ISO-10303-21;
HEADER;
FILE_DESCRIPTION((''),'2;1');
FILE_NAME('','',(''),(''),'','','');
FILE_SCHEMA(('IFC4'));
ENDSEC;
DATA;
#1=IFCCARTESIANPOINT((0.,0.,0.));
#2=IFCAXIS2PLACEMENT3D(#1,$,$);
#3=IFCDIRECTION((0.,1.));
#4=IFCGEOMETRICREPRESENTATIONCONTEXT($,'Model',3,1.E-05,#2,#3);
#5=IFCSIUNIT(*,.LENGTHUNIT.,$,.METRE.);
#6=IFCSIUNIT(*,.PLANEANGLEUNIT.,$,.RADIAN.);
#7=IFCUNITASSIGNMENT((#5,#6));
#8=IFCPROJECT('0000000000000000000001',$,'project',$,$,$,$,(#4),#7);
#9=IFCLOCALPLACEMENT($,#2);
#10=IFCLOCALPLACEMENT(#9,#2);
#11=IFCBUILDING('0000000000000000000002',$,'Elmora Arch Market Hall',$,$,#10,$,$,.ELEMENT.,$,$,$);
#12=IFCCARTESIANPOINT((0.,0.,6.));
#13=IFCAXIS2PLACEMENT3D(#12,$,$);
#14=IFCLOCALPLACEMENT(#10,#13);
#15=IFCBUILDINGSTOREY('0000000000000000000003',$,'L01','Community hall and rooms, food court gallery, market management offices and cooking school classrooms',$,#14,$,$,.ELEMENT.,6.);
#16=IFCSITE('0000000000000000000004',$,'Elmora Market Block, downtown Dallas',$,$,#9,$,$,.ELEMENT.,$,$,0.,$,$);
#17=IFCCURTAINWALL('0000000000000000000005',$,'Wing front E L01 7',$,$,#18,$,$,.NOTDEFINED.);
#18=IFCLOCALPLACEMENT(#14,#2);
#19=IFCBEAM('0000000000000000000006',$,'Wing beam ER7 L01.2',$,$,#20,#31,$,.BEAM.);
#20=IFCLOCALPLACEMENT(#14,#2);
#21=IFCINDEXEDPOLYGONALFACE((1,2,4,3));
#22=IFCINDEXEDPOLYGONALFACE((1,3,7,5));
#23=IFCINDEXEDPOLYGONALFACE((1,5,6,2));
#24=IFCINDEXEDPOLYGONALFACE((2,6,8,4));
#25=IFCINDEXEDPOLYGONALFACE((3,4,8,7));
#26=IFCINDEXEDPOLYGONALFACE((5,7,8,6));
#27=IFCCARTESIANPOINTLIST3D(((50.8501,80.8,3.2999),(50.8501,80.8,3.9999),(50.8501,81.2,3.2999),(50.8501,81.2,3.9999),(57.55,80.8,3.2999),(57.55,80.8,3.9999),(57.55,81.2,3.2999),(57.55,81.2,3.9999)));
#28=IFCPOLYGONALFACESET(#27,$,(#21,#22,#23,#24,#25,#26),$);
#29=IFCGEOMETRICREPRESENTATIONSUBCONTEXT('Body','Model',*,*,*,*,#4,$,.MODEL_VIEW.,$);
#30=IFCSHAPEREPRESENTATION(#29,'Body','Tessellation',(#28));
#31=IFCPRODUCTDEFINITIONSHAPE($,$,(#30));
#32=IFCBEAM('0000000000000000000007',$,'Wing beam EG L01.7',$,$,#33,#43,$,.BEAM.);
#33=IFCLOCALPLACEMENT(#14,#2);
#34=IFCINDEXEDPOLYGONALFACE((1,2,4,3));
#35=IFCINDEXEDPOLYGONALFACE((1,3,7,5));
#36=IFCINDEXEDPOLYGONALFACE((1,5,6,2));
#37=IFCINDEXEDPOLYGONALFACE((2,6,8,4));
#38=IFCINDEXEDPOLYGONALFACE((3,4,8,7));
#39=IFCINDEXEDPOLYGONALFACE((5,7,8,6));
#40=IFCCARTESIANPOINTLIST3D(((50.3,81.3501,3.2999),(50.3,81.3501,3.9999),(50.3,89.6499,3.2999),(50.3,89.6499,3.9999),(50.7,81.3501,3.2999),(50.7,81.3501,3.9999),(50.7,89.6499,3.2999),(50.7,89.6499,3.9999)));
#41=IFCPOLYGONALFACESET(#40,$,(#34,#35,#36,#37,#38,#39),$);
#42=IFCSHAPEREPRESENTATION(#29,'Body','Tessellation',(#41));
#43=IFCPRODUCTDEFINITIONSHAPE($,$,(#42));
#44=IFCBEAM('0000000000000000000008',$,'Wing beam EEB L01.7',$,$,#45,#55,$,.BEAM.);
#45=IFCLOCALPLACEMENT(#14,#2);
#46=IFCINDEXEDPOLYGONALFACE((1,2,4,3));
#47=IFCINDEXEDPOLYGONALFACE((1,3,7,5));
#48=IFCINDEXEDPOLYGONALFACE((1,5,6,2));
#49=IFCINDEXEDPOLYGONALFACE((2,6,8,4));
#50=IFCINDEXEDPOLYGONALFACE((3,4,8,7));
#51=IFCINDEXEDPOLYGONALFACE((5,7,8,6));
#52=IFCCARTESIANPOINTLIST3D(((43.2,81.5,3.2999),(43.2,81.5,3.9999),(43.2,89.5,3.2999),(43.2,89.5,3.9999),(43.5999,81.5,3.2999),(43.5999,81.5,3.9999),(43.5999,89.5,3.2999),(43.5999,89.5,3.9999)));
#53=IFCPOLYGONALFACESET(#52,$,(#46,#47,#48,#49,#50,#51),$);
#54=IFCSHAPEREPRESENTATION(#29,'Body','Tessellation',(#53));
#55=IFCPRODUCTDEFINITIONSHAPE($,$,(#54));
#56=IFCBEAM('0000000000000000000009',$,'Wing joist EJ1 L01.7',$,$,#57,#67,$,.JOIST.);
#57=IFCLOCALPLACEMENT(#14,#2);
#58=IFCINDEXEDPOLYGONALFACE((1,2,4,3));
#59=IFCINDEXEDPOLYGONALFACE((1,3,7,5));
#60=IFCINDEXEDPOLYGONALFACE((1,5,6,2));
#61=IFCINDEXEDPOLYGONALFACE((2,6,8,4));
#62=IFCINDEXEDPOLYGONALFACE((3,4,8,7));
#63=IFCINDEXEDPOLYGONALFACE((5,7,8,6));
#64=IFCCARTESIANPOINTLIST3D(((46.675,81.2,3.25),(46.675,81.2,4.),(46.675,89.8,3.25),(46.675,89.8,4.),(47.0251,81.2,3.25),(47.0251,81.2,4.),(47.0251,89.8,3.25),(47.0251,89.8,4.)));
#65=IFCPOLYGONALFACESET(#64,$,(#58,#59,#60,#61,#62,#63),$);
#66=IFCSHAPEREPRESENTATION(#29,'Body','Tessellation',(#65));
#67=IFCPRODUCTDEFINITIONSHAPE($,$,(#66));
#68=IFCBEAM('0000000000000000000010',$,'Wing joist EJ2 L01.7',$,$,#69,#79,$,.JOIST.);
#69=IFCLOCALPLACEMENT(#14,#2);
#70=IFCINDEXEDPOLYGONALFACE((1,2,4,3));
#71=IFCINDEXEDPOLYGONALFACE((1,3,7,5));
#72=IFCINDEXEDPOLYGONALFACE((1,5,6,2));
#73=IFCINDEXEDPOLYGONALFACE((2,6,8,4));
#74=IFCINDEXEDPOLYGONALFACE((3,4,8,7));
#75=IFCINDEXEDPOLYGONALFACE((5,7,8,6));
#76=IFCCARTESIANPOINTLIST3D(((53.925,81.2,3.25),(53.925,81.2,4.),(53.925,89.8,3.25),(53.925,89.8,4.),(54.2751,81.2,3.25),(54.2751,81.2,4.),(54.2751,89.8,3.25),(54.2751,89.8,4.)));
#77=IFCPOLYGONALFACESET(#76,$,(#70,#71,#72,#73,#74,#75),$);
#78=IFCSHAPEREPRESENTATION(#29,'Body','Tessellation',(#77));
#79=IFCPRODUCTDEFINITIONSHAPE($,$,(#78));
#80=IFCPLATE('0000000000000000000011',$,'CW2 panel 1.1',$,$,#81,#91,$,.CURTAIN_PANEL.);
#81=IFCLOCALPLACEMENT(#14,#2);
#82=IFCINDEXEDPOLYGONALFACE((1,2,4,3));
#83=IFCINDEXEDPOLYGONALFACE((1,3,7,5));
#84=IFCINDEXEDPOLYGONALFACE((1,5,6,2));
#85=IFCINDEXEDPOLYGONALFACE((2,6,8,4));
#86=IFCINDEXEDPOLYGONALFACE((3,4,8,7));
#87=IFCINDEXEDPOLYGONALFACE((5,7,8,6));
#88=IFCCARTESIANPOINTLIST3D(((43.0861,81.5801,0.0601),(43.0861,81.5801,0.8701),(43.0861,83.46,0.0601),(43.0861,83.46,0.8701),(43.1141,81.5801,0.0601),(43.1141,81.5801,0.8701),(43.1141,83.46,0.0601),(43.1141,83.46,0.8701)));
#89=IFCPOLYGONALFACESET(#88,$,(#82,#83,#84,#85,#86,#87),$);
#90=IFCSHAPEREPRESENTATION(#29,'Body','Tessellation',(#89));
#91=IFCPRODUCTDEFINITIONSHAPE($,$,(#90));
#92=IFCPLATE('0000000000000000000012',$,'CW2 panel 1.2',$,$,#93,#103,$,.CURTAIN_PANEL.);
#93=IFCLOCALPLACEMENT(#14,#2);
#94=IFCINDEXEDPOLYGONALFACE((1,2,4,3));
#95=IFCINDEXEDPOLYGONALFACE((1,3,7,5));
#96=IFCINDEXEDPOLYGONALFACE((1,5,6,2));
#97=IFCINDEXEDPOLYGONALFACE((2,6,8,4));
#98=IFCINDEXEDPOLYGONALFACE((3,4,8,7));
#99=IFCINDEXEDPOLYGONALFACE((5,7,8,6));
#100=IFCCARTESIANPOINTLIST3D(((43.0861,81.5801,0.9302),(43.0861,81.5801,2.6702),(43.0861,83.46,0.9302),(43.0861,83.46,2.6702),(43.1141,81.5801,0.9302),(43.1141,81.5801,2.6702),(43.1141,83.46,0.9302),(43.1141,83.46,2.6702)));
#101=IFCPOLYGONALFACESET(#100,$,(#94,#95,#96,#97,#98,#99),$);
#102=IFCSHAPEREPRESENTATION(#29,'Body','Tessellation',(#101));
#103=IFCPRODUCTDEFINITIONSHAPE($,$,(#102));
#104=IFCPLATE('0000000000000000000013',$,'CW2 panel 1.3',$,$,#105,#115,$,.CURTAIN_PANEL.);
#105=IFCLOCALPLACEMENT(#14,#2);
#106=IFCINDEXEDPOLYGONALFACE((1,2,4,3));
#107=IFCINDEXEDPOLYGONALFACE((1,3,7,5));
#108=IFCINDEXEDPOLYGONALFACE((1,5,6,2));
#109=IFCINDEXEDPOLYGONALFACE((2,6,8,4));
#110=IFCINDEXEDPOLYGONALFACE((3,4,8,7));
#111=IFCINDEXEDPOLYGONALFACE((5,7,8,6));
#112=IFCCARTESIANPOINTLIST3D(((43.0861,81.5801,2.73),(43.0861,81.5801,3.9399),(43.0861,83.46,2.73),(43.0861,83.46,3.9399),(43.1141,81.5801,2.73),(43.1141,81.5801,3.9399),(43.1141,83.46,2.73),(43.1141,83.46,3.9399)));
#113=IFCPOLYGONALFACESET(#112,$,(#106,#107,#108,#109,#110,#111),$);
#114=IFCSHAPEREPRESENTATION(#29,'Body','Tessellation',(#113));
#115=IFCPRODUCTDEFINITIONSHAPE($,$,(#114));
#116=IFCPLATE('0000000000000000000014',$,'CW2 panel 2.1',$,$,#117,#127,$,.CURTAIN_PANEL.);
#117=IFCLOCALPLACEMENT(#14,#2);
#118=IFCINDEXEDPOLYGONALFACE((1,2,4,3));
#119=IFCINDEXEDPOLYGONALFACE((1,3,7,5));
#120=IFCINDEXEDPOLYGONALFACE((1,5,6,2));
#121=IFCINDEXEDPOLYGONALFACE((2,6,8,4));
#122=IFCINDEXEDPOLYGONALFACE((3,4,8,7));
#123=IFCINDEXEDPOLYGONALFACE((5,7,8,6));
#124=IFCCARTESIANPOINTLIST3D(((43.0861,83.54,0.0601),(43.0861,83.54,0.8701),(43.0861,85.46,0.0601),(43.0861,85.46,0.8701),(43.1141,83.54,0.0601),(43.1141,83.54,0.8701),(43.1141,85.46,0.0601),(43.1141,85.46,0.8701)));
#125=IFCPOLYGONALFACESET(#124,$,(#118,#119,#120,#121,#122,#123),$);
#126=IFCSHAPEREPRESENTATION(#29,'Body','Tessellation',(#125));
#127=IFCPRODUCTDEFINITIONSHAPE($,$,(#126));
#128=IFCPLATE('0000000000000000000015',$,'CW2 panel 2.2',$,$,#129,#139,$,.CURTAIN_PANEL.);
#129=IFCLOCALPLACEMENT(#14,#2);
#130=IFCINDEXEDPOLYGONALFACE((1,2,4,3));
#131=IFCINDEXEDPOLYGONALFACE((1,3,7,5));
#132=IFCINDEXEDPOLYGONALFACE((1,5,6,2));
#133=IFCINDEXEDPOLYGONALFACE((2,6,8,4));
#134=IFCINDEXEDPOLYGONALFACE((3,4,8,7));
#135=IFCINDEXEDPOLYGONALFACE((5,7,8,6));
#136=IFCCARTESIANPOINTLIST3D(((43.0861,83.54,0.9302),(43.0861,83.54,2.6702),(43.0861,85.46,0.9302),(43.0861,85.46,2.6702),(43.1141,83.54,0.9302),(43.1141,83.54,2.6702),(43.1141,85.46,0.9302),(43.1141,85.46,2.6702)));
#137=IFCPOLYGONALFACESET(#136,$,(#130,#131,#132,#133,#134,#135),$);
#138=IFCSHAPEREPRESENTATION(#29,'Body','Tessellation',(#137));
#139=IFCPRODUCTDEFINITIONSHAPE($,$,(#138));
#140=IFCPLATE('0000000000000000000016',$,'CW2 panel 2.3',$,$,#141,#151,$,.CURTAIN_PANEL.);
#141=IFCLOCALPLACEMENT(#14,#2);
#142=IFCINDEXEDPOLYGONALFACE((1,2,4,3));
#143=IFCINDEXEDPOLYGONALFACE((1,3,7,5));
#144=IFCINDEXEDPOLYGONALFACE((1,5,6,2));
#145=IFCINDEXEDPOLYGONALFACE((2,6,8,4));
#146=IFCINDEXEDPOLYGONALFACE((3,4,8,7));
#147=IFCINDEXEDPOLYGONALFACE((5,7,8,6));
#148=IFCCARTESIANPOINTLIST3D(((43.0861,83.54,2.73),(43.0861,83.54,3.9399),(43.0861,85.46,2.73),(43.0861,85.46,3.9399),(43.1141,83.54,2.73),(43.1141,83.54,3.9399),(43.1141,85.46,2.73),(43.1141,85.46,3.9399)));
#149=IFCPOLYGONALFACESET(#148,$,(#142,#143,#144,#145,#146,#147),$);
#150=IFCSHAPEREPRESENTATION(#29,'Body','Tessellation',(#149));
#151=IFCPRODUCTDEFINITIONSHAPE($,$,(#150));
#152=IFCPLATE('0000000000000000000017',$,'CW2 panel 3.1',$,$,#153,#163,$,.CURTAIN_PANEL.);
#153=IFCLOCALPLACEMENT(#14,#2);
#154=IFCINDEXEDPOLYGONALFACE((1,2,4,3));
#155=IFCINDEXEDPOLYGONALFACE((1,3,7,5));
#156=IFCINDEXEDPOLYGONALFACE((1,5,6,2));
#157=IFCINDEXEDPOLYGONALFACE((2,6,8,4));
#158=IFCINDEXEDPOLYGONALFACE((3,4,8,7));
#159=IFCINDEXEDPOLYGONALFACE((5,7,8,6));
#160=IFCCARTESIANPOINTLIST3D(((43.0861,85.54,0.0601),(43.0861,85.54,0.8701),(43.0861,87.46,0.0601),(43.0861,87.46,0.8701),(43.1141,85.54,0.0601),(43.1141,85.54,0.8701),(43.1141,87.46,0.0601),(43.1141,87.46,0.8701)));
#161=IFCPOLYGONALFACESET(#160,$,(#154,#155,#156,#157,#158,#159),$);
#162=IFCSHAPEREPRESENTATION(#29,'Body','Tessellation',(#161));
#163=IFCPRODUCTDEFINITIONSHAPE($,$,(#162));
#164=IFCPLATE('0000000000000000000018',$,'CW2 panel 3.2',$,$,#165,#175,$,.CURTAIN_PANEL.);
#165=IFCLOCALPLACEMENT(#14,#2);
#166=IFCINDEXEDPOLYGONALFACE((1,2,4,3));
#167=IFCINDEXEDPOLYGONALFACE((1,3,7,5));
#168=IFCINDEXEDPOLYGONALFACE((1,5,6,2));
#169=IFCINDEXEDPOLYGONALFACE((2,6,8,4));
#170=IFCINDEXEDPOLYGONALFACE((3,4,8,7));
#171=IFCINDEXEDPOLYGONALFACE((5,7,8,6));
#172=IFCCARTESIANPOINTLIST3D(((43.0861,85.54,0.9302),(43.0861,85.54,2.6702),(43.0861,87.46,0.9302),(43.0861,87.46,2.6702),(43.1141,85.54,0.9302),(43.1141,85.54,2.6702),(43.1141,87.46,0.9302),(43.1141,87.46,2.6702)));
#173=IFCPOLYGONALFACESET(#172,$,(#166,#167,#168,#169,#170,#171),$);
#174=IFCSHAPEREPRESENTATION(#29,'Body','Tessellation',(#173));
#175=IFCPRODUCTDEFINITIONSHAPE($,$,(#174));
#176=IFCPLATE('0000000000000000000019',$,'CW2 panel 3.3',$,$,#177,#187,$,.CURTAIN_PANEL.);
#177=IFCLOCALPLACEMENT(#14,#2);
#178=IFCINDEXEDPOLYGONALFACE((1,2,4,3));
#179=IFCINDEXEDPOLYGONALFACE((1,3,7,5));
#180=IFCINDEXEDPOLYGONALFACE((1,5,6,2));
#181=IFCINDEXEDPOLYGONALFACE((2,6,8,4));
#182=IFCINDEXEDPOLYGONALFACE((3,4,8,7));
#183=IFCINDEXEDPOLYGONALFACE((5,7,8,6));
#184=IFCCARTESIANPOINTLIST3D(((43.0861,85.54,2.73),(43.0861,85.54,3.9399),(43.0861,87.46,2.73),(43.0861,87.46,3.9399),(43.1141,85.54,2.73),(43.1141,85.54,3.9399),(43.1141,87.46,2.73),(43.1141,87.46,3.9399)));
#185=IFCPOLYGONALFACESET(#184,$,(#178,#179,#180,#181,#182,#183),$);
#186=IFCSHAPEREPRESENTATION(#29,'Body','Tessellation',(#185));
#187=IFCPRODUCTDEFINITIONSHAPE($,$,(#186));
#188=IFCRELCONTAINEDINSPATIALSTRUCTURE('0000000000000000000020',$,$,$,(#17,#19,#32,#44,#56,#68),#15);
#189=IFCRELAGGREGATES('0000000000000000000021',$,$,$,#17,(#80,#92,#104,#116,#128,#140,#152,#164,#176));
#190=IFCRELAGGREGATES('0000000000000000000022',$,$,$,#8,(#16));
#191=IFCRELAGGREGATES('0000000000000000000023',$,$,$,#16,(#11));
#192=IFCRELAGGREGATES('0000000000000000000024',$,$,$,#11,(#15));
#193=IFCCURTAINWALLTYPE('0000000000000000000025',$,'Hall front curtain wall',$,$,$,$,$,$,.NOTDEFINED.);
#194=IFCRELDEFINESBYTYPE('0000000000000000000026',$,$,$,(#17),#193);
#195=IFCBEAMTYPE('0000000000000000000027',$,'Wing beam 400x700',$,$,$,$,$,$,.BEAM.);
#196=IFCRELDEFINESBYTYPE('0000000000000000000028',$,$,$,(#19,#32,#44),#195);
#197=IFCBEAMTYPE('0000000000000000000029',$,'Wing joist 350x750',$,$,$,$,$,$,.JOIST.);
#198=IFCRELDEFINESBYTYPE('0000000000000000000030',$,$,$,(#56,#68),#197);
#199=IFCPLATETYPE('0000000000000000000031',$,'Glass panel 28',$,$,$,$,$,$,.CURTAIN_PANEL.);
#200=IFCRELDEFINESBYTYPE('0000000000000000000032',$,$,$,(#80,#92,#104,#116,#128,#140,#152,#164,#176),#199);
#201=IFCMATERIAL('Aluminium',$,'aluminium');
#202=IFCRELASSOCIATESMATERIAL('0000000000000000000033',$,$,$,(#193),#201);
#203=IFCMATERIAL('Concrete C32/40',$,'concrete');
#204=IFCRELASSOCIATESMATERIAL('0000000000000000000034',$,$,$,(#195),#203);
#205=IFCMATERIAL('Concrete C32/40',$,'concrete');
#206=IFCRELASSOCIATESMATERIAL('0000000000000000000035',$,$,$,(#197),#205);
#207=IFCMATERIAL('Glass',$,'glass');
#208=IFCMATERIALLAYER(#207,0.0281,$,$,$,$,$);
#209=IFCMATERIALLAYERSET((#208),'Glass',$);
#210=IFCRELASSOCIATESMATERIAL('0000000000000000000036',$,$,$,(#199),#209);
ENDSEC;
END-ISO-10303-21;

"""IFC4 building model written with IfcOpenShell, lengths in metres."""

from ifc_helpers import new_model, si_unit, direction, frame, origin, origin_2d, place, context, subcontext, project, spatial, rectangle, extrude, material, layer, layer_set, material_profile, profile_set, type_object, element, aggregate, save


model = new_model("IFC4")

# Units and contexts
model_context = context("Model", 3, precision=1e-05, world=origin(), true_north=direction((0.0, 1.0)))
body_context = subcontext(model_context, "Body", "Model", "MODEL_VIEW")
ifc_project = project(units=[si_unit("LENGTHUNIT", "METRE"), si_unit("PLANEANGLEUNIT", "RADIAN")], contexts=[model_context])

# Site, building, storey
site_placement = place(None, origin())
site = spatial("IfcSite", under=ifc_project, at=site_placement, Name="Elmora Market Block, downtown Dallas", CompositionType="ELEMENT", RefElevation=0.0)
building_placement = place(site_placement, origin())
building = spatial("IfcBuilding", under=site, at=building_placement, Name="Elmora Arch Market Hall", CompositionType="ELEMENT")
storey_placement = place(building_placement, frame((0.0, 0.0, 6.0)))
storey = spatial("IfcBuildingStorey", under=building, at=storey_placement, Name="L01", Description="Community hall and rooms, food court gallery, market management offices and cooking school classrooms", CompositionType="ELEMENT", Elevation=6.0)

# Curtain wall
ifc_material_1 = material(Name="Aluminium", Category="aluminium")
curtain_wall_type = type_object("IfcCurtainWallType", Name="Hall front curtain wall", PredefinedType="NOTDEFINED", material=ifc_material_1)
curtain_wall_placement = place(storey_placement, origin())
curtain_wall = element("IfcCurtainWall", 1, at=curtain_wall_placement, inside=storey, type_object=curtain_wall_type, Name="Wing front E L01 7", PredefinedType="NOTDEFINED")

# Beams
ifc_material_2 = material(Name="Concrete C32/40", Category="concrete")
ifc_material_profile_1 = material_profile(ifc_material_2, rectangle(XDim=0.3999, YDim=0.7, at=origin_2d()), Name="Wing beam 400x700")
ifc_profile_set_1 = profile_set([ifc_material_profile_1], Name="Concrete C32/40")
beam_type_1 = type_object("IfcBeamType", Name="Wing beam 400x700", PredefinedType="BEAM", material=ifc_profile_set_1)
beam_1_placement = place(storey_placement, frame((50.8501, 81.0, 3.6499), z_axis=(1.0, 0.0, 0.0), x_axis=(0.0, 1.0, 0.0)))
element("IfcBeam", 2, at=beam_1_placement, inside=storey, type_object=beam_type_1, Name="Wing beam ER7 L01.2", PredefinedType="BEAM", context=body_context, shape_type="SweptSolid", body=[
    extrude(rectangle(XDim=0.3999, YDim=0.7, at=origin_2d()), origin(), (0.0, 0.0, 1.0), 6.7),
])
beam_2_placement = place(storey_placement, frame((50.5, 81.3501, 3.6499), z_axis=(0.0, 1.0, 0.0), x_axis=(-1.0, 0.0, 0.0)))
element("IfcBeam", 3, at=beam_2_placement, inside=storey, type_object=beam_type_1, Name="Wing beam EG L01.7", PredefinedType="BEAM", context=body_context, shape_type="SweptSolid", body=[
    extrude(rectangle(XDim=0.3999, YDim=0.7, at=origin_2d()), origin(), (0.0, 0.0, 1.0), 8.2998),
])
beam_3_placement = place(storey_placement, frame((43.3999, 81.5, 3.6499), z_axis=(0.0, 1.0, 0.0), x_axis=(-1.0, 0.0, 0.0)))
element("IfcBeam", 4, at=beam_3_placement, inside=storey, type_object=beam_type_1, Name="Wing beam EEB L01.7", PredefinedType="BEAM", context=body_context, shape_type="SweptSolid", body=[
    extrude(rectangle(XDim=0.3999, YDim=0.7, at=origin_2d()), origin(), (0.0, 0.0, 1.0), 8.0),
])
ifc_material_3 = material(Name="Concrete C32/40", Category="concrete")
ifc_material_profile_2 = material_profile(ifc_material_3, rectangle(XDim=0.3501, YDim=0.75, at=origin_2d()), Name="Wing joist 350x750")
ifc_profile_set_2 = profile_set([ifc_material_profile_2], Name="Concrete C32/40")
beam_type_2 = type_object("IfcBeamType", Name="Wing joist 350x750", PredefinedType="JOIST", material=ifc_profile_set_2)
for number, where, z_axis, x_axis, name in (
    (5, (46.8501, 81.2, 3.625), (0.0, 1.0, 0.0), (-1.0, 0.0, 0.0), "Wing joist EJ1 L01.7"),
    (6, (54.1001, 81.2, 3.625), (0.0, 1.0, 0.0), (-1.0, 0.0, 0.0), "Wing joist EJ2 L01.7"),
):
    element("IfcBeam", number, at=place(storey_placement, frame(where, z_axis=z_axis, x_axis=x_axis)), inside=storey, type_object=beam_type_2, Name=name, PredefinedType="JOIST", context=body_context, shape_type="SweptSolid", body=[
        extrude(rectangle(XDim=0.3501, YDim=0.75, at=origin_2d()), origin(), (0.0, 0.0, 1.0), 8.6001),
    ])

# Plates
ifc_material_4 = material(Name="Glass", Category="glass")
ifc_layer = layer(ifc_material_4, 0.0281)
ifc_layer_set = layer_set([ifc_layer], Name="Glass")
plate_type = type_object("IfcPlateType", Name="Glass panel 28", PredefinedType="CURTAIN_PANEL", material=ifc_layer_set)
plate_1_placement = place(storey_placement, frame((43.1001, 82.52, 0.0601), z_axis=(0.0, 0.0, 1.0), x_axis=(0.0, 1.0, 0.0)))
plate_1 = element("IfcPlate", 7, at=plate_1_placement, type_object=plate_type, Name="CW2 panel 1.1", PredefinedType="CURTAIN_PANEL", context=body_context, shape_type="SweptSolid", body=[
    extrude(rectangle(XDim=1.8799, YDim=0.0281, at=origin_2d()), origin(), (0.0, 0.0, 1.0), 0.8101),
])
plate_2_placement = place(storey_placement, frame((43.1001, 82.52, 0.9302), z_axis=(0.0, 0.0, 1.0), x_axis=(0.0, 1.0, 0.0)))
plate_2 = element("IfcPlate", 8, at=plate_2_placement, type_object=plate_type, Name="CW2 panel 1.2", PredefinedType="CURTAIN_PANEL", context=body_context, shape_type="SweptSolid", body=[
    extrude(rectangle(XDim=1.8799, YDim=0.0281, at=origin_2d()), origin(), (0.0, 0.0, 1.0), 1.74),
])
plate_3_placement = place(storey_placement, frame((43.1001, 82.52, 2.73), z_axis=(0.0, 0.0, 1.0), x_axis=(0.0, 1.0, 0.0)))
plate_3 = element("IfcPlate", 9, at=plate_3_placement, type_object=plate_type, Name="CW2 panel 1.3", PredefinedType="CURTAIN_PANEL", context=body_context, shape_type="SweptSolid", body=[
    extrude(rectangle(XDim=1.8799, YDim=0.0281, at=origin_2d()), origin(), (0.0, 0.0, 1.0), 1.21),
])
plate_4_placement = place(storey_placement, frame((43.1001, 84.5, 0.0601), z_axis=(0.0, 0.0, 1.0), x_axis=(0.0, 1.0, 0.0)))
plate_4 = element("IfcPlate", 10, at=plate_4_placement, type_object=plate_type, Name="CW2 panel 2.1", PredefinedType="CURTAIN_PANEL", context=body_context, shape_type="SweptSolid", body=[
    extrude(rectangle(XDim=1.9199, YDim=0.0281, at=origin_2d()), origin(), (0.0, 0.0, 1.0), 0.8101),
])
plate_5_placement = place(storey_placement, frame((43.1001, 84.5, 0.9302), z_axis=(0.0, 0.0, 1.0), x_axis=(0.0, 1.0, 0.0)))
plate_5 = element("IfcPlate", 11, at=plate_5_placement, type_object=plate_type, Name="CW2 panel 2.2", PredefinedType="CURTAIN_PANEL", context=body_context, shape_type="SweptSolid", body=[
    extrude(rectangle(XDim=1.9199, YDim=0.0281, at=origin_2d()), origin(), (0.0, 0.0, 1.0), 1.74),
])
plate_6_placement = place(storey_placement, frame((43.1001, 84.5, 2.73), z_axis=(0.0, 0.0, 1.0), x_axis=(0.0, 1.0, 0.0)))
plate_6 = element("IfcPlate", 12, at=plate_6_placement, type_object=plate_type, Name="CW2 panel 2.3", PredefinedType="CURTAIN_PANEL", context=body_context, shape_type="SweptSolid", body=[
    extrude(rectangle(XDim=1.9199, YDim=0.0281, at=origin_2d()), origin(), (0.0, 0.0, 1.0), 1.21),
])
plate_7_placement = place(storey_placement, frame((43.1001, 86.5, 0.0601), z_axis=(0.0, 0.0, 1.0), x_axis=(0.0, 1.0, 0.0)))
plate_7 = element("IfcPlate", 13, at=plate_7_placement, type_object=plate_type, Name="CW2 panel 3.1", PredefinedType="CURTAIN_PANEL", context=body_context, shape_type="SweptSolid", body=[
    extrude(rectangle(XDim=1.9199, YDim=0.0281, at=origin_2d()), origin(), (0.0, 0.0, 1.0), 0.8101),
])
plate_8_placement = place(storey_placement, frame((43.1001, 86.5, 0.9302), z_axis=(0.0, 0.0, 1.0), x_axis=(0.0, 1.0, 0.0)))
plate_8 = element("IfcPlate", 14, at=plate_8_placement, type_object=plate_type, Name="CW2 panel 3.2", PredefinedType="CURTAIN_PANEL", context=body_context, shape_type="SweptSolid", body=[
    extrude(rectangle(XDim=1.9199, YDim=0.0281, at=origin_2d()), origin(), (0.0, 0.0, 1.0), 1.74),
])
plate_9_placement = place(storey_placement, frame((43.1001, 86.5, 2.73), z_axis=(0.0, 0.0, 1.0), x_axis=(0.0, 1.0, 0.0)))
plate_9 = element("IfcPlate", 15, at=plate_9_placement, type_object=plate_type, Name="CW2 panel 3.3", PredefinedType="CURTAIN_PANEL", context=body_context, shape_type="SweptSolid", body=[
    extrude(rectangle(XDim=1.9199, YDim=0.0281, at=origin_2d()), origin(), (0.0, 0.0, 1.0), 1.21),
])
aggregate(curtain_wall, [plate_1, plate_2, plate_3, plate_4, plate_5, plate_6, plate_7, plate_8, plate_9])

save(model, "model.ifc")
